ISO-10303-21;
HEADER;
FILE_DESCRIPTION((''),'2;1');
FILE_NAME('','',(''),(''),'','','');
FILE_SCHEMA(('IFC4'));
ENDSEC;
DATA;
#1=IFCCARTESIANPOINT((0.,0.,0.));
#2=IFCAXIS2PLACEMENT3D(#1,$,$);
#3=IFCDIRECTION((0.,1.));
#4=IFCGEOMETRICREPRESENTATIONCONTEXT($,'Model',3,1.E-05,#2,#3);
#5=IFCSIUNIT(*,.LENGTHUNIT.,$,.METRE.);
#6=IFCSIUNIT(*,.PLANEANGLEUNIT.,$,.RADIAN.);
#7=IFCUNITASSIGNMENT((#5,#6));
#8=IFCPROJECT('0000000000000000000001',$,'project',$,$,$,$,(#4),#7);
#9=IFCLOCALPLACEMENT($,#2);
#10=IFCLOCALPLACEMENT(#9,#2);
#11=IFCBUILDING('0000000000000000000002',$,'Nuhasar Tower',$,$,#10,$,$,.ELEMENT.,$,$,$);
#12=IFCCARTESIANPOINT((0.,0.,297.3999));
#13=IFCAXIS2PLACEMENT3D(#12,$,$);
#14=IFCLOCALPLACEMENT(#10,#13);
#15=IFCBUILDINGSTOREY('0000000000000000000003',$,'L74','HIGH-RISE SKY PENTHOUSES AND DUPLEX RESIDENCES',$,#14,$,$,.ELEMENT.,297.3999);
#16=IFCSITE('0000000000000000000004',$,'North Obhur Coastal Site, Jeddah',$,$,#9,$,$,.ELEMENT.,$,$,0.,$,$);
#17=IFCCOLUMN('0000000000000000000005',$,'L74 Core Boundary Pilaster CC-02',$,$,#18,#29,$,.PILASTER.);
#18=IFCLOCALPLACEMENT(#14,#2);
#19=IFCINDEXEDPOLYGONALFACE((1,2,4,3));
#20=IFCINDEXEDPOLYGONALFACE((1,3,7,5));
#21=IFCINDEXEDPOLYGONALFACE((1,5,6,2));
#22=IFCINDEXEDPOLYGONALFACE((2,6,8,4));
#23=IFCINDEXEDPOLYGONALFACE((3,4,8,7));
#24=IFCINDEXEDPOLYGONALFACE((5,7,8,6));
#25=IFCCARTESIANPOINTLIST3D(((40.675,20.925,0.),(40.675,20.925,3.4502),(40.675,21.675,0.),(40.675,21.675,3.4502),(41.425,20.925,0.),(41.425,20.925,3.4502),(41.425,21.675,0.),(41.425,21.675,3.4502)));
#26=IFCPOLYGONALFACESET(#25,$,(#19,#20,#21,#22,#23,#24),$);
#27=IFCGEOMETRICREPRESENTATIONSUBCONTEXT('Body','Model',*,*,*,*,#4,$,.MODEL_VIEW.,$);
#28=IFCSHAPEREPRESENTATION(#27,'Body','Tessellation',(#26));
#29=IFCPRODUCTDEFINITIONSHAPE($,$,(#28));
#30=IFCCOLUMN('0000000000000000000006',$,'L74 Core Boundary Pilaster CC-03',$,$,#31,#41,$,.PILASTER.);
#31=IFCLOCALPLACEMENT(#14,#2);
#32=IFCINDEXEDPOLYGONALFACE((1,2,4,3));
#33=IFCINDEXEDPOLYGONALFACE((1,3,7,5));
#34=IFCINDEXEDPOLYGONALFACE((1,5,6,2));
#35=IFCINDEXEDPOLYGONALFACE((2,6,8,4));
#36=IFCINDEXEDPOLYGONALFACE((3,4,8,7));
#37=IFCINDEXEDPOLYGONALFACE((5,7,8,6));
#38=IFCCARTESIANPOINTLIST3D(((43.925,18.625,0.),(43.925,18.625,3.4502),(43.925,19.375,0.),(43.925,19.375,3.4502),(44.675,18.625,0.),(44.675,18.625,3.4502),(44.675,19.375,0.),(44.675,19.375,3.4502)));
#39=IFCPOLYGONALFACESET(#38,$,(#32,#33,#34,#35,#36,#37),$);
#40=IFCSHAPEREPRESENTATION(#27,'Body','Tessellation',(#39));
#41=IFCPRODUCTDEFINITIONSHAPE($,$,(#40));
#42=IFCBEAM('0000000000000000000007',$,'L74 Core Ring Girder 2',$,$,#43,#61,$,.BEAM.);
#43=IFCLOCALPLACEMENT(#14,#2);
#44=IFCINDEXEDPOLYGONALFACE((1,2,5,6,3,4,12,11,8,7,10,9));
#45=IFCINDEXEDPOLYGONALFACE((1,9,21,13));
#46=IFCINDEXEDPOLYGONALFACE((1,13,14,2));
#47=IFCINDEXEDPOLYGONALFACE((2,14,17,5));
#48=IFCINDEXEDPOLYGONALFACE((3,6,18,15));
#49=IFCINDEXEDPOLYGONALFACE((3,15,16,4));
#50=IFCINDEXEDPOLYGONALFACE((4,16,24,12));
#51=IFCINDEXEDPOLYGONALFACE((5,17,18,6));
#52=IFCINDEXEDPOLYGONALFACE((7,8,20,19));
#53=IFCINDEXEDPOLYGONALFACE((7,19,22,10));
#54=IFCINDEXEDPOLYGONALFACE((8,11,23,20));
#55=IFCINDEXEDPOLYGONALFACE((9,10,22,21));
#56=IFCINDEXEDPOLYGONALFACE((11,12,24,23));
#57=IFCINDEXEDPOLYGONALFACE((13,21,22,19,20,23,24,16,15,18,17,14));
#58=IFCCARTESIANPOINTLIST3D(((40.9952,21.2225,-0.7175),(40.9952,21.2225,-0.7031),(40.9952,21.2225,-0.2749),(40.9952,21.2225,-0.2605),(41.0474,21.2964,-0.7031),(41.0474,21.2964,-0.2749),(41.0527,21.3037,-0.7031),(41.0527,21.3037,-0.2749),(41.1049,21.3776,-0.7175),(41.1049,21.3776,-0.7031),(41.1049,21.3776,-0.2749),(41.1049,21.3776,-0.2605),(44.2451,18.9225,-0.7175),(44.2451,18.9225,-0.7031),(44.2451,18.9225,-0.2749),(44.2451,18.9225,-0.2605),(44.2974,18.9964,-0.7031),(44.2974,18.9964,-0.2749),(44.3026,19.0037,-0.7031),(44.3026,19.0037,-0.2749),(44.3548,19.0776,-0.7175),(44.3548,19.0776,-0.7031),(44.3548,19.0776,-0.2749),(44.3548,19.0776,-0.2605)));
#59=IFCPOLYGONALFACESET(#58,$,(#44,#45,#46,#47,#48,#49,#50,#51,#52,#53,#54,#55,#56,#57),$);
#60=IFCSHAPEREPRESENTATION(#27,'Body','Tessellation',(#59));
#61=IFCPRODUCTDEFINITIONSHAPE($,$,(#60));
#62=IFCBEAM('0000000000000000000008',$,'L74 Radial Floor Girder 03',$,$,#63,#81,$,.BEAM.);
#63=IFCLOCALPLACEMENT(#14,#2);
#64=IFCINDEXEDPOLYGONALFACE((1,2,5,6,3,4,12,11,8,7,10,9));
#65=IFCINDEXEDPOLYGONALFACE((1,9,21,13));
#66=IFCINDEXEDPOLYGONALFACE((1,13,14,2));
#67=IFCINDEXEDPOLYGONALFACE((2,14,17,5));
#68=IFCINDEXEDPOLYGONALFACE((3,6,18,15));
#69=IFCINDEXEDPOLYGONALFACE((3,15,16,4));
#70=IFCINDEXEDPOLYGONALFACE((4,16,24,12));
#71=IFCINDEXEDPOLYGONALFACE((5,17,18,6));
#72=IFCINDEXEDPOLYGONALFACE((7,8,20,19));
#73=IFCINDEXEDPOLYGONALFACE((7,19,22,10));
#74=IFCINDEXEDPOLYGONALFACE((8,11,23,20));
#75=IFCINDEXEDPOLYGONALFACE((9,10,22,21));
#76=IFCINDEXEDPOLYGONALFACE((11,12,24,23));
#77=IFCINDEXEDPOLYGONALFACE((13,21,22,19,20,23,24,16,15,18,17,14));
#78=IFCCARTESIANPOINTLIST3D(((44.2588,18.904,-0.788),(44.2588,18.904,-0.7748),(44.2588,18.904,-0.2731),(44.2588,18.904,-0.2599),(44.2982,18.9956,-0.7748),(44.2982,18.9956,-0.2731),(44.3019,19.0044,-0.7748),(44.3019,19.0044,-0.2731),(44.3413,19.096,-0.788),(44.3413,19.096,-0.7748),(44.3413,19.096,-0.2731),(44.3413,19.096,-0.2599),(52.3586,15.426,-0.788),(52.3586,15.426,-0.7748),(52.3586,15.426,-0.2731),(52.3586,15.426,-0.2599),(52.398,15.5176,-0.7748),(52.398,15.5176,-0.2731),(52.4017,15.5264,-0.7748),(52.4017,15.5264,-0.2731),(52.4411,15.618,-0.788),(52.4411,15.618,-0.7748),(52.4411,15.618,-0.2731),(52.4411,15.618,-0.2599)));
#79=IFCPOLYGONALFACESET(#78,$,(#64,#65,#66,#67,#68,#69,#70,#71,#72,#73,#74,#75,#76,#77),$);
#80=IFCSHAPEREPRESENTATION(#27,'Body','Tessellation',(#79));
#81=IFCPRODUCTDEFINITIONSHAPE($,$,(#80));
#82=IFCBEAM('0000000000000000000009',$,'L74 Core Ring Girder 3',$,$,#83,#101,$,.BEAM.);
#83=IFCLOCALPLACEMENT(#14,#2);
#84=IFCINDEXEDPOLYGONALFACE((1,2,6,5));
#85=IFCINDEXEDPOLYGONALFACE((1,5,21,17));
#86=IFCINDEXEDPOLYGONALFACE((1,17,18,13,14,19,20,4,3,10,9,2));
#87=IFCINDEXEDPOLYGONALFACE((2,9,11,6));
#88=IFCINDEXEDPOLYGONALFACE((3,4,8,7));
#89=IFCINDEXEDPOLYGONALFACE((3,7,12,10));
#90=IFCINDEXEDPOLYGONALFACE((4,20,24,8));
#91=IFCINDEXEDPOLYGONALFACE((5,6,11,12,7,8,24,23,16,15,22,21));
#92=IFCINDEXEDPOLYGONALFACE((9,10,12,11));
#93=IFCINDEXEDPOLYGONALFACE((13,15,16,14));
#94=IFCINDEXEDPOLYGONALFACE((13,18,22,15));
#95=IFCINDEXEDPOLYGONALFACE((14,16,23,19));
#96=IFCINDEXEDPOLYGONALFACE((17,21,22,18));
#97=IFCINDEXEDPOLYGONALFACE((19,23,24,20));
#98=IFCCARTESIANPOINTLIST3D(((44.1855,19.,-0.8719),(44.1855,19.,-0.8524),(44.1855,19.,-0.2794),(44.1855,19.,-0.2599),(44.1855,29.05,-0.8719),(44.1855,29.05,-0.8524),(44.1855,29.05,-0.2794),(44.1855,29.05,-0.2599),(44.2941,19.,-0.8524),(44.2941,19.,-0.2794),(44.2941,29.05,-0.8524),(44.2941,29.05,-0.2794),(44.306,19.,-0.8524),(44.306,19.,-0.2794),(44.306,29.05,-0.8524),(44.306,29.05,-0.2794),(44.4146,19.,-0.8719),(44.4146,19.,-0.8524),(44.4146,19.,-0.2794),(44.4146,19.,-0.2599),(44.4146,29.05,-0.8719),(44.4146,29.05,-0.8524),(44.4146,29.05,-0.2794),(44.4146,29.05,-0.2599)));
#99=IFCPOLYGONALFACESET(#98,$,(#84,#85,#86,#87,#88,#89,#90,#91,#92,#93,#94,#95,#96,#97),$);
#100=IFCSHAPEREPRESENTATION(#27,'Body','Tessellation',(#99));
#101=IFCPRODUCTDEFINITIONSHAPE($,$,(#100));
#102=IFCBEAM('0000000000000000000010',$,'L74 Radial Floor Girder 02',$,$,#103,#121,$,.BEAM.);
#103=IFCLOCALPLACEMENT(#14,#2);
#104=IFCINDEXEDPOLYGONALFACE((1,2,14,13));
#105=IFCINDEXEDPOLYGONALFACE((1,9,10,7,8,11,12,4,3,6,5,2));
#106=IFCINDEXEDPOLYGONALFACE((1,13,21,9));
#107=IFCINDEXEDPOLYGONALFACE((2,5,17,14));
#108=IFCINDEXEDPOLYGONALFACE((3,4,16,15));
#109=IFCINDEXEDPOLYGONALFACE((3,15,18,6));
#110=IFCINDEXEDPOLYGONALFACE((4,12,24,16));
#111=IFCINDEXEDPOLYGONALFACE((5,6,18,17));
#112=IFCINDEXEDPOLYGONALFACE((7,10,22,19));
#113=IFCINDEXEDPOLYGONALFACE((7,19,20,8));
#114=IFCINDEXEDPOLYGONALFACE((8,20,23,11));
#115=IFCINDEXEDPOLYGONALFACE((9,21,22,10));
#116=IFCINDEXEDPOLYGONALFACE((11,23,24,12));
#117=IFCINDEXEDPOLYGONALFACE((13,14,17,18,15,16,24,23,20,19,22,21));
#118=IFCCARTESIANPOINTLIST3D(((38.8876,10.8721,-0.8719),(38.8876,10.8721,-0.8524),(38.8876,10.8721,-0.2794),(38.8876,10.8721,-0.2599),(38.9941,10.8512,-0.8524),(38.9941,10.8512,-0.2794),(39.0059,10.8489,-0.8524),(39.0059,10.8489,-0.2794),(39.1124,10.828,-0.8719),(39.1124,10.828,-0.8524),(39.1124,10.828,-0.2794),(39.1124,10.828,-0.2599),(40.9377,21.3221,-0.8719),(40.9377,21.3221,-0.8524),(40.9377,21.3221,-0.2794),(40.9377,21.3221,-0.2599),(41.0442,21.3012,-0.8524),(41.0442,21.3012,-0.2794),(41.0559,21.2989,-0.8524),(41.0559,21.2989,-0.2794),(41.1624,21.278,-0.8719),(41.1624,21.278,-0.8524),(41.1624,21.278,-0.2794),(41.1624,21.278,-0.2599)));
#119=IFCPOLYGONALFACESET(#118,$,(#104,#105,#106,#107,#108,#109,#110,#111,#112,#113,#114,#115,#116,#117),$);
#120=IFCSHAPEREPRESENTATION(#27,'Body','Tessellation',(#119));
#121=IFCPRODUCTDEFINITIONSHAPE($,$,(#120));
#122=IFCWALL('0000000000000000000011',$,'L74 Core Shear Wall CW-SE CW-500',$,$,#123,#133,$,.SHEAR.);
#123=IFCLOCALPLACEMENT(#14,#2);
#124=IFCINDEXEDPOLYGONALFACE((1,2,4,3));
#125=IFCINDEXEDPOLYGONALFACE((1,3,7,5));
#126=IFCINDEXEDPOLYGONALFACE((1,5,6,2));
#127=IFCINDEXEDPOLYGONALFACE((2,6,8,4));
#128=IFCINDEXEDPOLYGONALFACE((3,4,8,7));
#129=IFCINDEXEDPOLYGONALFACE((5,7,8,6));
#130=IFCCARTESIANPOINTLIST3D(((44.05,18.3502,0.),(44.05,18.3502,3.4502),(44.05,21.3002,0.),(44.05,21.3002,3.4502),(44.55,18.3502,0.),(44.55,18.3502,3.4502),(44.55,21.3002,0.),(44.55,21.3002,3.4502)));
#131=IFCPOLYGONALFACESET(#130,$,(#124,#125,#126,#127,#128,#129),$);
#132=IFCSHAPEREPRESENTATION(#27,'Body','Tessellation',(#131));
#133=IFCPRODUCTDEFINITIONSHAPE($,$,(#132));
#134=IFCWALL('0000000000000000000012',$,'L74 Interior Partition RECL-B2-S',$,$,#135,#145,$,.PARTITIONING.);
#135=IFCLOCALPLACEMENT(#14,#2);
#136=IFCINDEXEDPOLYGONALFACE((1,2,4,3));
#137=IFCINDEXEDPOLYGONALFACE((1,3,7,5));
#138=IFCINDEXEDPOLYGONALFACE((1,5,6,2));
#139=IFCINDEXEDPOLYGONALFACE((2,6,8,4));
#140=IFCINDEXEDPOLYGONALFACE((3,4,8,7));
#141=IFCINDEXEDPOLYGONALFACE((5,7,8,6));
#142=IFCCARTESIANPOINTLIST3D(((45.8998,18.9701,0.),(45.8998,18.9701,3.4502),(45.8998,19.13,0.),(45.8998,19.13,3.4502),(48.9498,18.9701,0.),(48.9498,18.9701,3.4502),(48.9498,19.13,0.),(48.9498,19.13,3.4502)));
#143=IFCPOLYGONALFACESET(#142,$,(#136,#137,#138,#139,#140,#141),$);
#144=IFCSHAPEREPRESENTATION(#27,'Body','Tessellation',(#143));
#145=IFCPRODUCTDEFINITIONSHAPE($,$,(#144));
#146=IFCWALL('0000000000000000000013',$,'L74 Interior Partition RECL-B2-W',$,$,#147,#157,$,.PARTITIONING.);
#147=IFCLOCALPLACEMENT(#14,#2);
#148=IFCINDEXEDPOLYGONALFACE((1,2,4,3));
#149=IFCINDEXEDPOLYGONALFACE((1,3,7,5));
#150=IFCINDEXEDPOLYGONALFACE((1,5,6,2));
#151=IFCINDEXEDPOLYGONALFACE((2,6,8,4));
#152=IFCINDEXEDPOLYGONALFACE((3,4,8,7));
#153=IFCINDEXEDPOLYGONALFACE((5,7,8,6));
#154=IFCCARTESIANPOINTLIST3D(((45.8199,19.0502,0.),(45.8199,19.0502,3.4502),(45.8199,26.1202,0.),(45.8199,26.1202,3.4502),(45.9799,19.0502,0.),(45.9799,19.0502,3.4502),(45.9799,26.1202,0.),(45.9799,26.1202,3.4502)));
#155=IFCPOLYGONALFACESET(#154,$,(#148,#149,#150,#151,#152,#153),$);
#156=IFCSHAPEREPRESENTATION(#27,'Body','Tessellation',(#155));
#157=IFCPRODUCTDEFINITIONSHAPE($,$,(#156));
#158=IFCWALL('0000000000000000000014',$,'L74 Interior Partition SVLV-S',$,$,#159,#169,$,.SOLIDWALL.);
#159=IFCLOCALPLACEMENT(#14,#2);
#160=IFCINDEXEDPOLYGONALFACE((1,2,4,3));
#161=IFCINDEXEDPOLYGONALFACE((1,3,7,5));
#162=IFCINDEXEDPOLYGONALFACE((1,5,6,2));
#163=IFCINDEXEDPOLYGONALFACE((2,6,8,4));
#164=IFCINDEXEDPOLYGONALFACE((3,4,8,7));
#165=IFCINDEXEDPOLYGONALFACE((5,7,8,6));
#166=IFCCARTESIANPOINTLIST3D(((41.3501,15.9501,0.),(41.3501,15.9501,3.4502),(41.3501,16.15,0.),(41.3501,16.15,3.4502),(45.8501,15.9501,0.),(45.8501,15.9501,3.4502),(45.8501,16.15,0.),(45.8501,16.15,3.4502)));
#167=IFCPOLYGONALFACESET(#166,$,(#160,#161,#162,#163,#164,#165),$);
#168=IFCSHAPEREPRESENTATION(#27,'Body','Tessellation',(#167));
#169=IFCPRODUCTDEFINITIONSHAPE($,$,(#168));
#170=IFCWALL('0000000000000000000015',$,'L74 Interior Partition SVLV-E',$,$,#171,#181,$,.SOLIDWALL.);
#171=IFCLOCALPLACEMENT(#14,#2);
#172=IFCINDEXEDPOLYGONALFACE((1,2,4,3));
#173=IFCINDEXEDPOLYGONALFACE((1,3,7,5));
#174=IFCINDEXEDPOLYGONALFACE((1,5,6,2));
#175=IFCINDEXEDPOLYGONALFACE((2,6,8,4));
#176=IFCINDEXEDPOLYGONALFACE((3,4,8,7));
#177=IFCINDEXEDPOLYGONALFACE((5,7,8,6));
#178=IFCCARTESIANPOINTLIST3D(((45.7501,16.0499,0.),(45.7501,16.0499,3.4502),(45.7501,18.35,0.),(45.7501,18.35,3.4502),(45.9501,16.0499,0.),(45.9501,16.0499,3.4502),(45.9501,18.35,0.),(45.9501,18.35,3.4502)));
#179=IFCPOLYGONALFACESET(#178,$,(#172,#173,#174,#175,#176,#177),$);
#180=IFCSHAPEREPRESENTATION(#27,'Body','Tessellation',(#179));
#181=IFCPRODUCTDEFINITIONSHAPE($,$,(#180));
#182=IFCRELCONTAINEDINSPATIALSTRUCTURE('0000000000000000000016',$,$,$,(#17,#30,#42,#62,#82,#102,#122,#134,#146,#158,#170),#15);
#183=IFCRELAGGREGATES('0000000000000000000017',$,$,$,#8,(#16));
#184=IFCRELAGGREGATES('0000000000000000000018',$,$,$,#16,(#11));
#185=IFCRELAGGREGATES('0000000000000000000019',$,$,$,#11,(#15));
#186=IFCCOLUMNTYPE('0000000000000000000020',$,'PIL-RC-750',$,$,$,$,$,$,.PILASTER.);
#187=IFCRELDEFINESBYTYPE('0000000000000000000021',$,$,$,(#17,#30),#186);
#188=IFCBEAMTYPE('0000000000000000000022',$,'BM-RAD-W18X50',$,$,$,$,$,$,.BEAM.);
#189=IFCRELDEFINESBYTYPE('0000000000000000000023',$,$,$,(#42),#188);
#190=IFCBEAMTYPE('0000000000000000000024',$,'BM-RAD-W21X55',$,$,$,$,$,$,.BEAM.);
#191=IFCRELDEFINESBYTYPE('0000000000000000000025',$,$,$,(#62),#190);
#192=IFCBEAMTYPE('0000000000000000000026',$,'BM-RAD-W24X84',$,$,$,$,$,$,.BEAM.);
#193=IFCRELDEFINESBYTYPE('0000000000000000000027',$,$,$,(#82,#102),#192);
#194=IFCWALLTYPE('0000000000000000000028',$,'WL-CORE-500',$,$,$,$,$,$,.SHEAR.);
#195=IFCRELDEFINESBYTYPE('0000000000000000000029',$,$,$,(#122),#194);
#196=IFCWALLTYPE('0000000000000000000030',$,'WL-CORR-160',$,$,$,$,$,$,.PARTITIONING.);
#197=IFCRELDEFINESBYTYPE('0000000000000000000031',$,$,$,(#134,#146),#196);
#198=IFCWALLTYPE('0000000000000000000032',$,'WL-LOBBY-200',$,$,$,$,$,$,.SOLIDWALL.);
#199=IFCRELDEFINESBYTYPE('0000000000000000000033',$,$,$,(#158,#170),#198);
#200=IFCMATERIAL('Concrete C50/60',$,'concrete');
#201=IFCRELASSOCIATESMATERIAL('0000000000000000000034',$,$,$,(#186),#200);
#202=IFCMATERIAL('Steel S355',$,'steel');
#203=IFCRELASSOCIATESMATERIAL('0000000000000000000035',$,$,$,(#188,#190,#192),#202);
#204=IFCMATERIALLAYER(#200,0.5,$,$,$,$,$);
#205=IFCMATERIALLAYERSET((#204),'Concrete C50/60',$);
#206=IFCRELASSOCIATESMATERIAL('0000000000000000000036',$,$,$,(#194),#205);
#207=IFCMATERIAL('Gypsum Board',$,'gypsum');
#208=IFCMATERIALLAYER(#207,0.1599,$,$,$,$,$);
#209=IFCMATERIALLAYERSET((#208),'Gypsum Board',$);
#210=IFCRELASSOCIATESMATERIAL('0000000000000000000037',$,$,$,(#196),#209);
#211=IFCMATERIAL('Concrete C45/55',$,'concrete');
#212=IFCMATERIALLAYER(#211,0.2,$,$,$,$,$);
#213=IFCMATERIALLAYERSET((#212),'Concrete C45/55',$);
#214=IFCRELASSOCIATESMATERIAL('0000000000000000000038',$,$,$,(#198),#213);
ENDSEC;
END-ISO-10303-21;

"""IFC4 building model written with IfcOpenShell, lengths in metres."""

from ifc_helpers import new_model, si_unit, direction, frame, frame_2d, origin, origin_2d, place, context, subcontext, project, spatial, rectangle, i_section, extrude, material, layer, layer_set, material_profile, profile_set, type_object, element, save


model = new_model("IFC4")

# Units and contexts
model_context = context("Model", 3, precision=1e-05, world=origin(), true_north=direction((0.0, 1.0)))
body_context = subcontext(model_context, "Body", "Model", "MODEL_VIEW")
ifc_project = project(units=[si_unit("LENGTHUNIT", "METRE"), si_unit("PLANEANGLEUNIT", "RADIAN")], contexts=[model_context])

# Site, building, storey
site_placement = place(None, origin())
site = spatial("IfcSite", under=ifc_project, at=site_placement, Name="North Obhur Coastal Site, Jeddah", CompositionType="ELEMENT", RefElevation=0.0)
building_placement = place(site_placement, origin())
building = spatial("IfcBuilding", under=site, at=building_placement, Name="Nuhasar Tower", CompositionType="ELEMENT")
storey_placement = place(building_placement, frame((0.0, 0.0, 297.3999)))
storey = spatial("IfcBuildingStorey", under=building, at=storey_placement, Name="L74", Description="HIGH-RISE SKY PENTHOUSES AND DUPLEX RESIDENCES", CompositionType="ELEMENT", Elevation=297.3999)

# Columns
ifc_material_1 = material(Name="Concrete C50/60", Category="concrete")
ifc_material_profile_1 = material_profile(ifc_material_1, rectangle(XDim=0.75, YDim=0.75, at=origin_2d()), Name="RC750X750")
ifc_profile_set_1 = profile_set([ifc_material_profile_1], Name="Concrete C50/60")
column_type = type_object("IfcColumnType", Name="PIL-RC-750", PredefinedType="PILASTER", material=ifc_profile_set_1)
for number, where, z_axis, x_axis, name in (
    (1, (41.05, 21.3, 0.0), (0.0, 0.0, 1.0), (1.0, 0.0, 0.0), "L74 Core Boundary Pilaster CC-02"),
    (2, (44.3, 19.0, 0.0), (0.0, 0.0, 1.0), (1.0, 0.0, 0.0), "L74 Core Boundary Pilaster CC-03"),
):
    element("IfcColumn", number, at=place(storey_placement, frame(where, z_axis=z_axis, x_axis=x_axis)), inside=storey, type_object=column_type, Name=name, PredefinedType="PILASTER", context=body_context, shape_type="SweptSolid", body=[
        extrude(rectangle(XDim=0.75, YDim=0.75, at=origin_2d()), origin(), (0.0, 0.0, 1.0), 3.4502),
    ])

# Beams
ifc_material_2 = material(Name="Steel S355", Category="steel")
ifc_material_profile_2 = material_profile(ifc_material_2, i_section(OverallWidth=0.1899, OverallDepth=0.457, WebThickness=0.009, FlangeThickness=0.0144, at=origin_2d()), Name="W18X50")
ifc_profile_set_2 = profile_set([ifc_material_profile_2], Name="Steel S355")
beam_type_1 = type_object("IfcBeamType", Name="BM-RAD-W18X50", PredefinedType="BEAM", material=ifc_profile_set_2)
beam_1_placement = place(storey_placement, frame((41.05, 21.3, -0.489), z_axis=(0.816265, -0.577677, 0.0), x_axis=(0.577677, 0.816265, 0.0)))
element("IfcBeam", 3, at=beam_1_placement, inside=storey, type_object=beam_type_1, Name="L74 Core Ring Girder 2", PredefinedType="BEAM", context=body_context, shape_type="SweptSolid", body=[
    extrude(i_section(OverallWidth=0.1899, OverallDepth=0.457, WebThickness=0.009, FlangeThickness=0.0144, at=origin_2d()), origin(), (0.0, 0.0, 1.0), 3.9814),
])
ifc_material_profile_3 = material_profile(ifc_material_2, i_section(OverallWidth=0.209, OverallDepth=0.5281, WebThickness=0.0095, FlangeThickness=0.0132, at=origin_2d()), Name="W21X55")
ifc_profile_set_3 = profile_set([ifc_material_profile_3], Name="Steel S355")
beam_type_2 = type_object("IfcBeamType", Name="BM-RAD-W21X55", PredefinedType="BEAM", material=ifc_profile_set_3)
beam_2_placement = place(storey_placement, frame((44.3, 19.0, -0.5239), z_axis=(0.918871, -0.394558, 0.0), x_axis=(0.394558, 0.918871, 0.0)))
element("IfcBeam", 4, at=beam_2_placement, inside=storey, type_object=beam_type_2, Name="L74 Radial Floor Girder 03", PredefinedType="BEAM", context=body_context, shape_type="SweptSolid", body=[
    extrude(i_section(OverallWidth=0.209, OverallDepth=0.5281, WebThickness=0.0095, FlangeThickness=0.0132, at=origin_2d()), origin(), (0.0, 0.0, 1.0), 8.8149),
])
ifc_material_profile_4 = material_profile(ifc_material_2, i_section(OverallWidth=0.229, OverallDepth=0.6121, WebThickness=0.012, FlangeThickness=0.0195, at=origin_2d()), Name="W24X84")
ifc_profile_set_4 = profile_set([ifc_material_profile_4], Name="Steel S355")
beam_type_3 = type_object("IfcBeamType", Name="BM-RAD-W24X84", PredefinedType="BEAM", material=ifc_profile_set_4)
beam_3_placement = place(storey_placement, frame((44.3, 19.0, -0.5659), z_axis=(0.0, 1.0, 0.0), x_axis=(-1.0, 0.0, 0.0)))
element("IfcBeam", 5, at=beam_3_placement, inside=storey, type_object=beam_type_3, Name="L74 Core Ring Girder 3", PredefinedType="BEAM", context=body_context, shape_type="SweptSolid", body=[
    extrude(i_section(OverallWidth=0.229, OverallDepth=0.6121, WebThickness=0.012, FlangeThickness=0.0195, at=origin_2d()), origin(), (0.0, 0.0, 1.0), 10.05),
])
beam_4_placement = place(storey_placement, frame((41.05, 21.3, -0.5659), z_axis=(-0.192508, -0.981295, 0.0), x_axis=(0.981295, -0.192508, 0.0)))
element("IfcBeam", 6, at=beam_4_placement, inside=storey, type_object=beam_type_3, Name="L74 Radial Floor Girder 02", PredefinedType="BEAM", context=body_context, shape_type="SweptSolid", body=[
    extrude(i_section(OverallWidth=0.229, OverallDepth=0.6121, WebThickness=0.012, FlangeThickness=0.0195, at=origin_2d()), origin(), (0.0, 0.0, 1.0), 10.6492),
])

# Walls
ifc_layer_1 = layer(ifc_material_1, 0.5)
ifc_layer_set_1 = layer_set([ifc_layer_1], Name="Concrete C50/60")
wall_type_1 = type_object("IfcWallType", Name="WL-CORE-500", PredefinedType="SHEAR", material=ifc_layer_set_1)
wall_1_placement = place(storey_placement, frame((44.3, 18.3501, 0.0), z_axis=(0.0, 0.0, 1.0), x_axis=(0.0, 1.0, 0.0)))
element("IfcWall", 7, at=wall_1_placement, inside=storey, type_object=wall_type_1, Name="L74 Core Shear Wall CW-SE CW-500", PredefinedType="SHEAR", context=body_context, shape_type="SweptSolid", body=[
    extrude(rectangle(XDim=2.95, YDim=0.5, at=frame_2d((1.4751, 0.0))), origin(), (0.0, 0.0, 1.0), 3.4502),
])
ifc_material_3 = material(Name="Gypsum Board", Category="gypsum")
ifc_layer_2 = layer(ifc_material_3, 0.1599)
ifc_layer_set_2 = layer_set([ifc_layer_2], Name="Gypsum Board")
wall_type_2 = type_object("IfcWallType", Name="WL-CORR-160", PredefinedType="PARTITIONING", material=ifc_layer_set_2)
wall_2_placement = place(storey_placement, frame((45.8999, 19.05, 0.0), z_axis=(0.0, 0.0, 1.0), x_axis=(1.0, 0.0, 0.0)))
element("IfcWall", 8, at=wall_2_placement, inside=storey, type_object=wall_type_2, Name="L74 Interior Partition RECL-B2-S", PredefinedType="PARTITIONING", context=body_context, shape_type="SweptSolid", body=[
    extrude(rectangle(XDim=3.05, YDim=0.1599, at=frame_2d((1.5249, 0.0))), origin(), (0.0, 0.0, 1.0), 3.4502),
])
wall_3_placement = place(storey_placement, frame((45.8999, 19.05, 0.0), z_axis=(0.0, 0.0, 1.0), x_axis=(0.0, 1.0, 0.0)))
element("IfcWall", 9, at=wall_3_placement, inside=storey, type_object=wall_type_2, Name="L74 Interior Partition RECL-B2-W", PredefinedType="PARTITIONING", context=body_context, shape_type="SweptSolid", body=[
    extrude(rectangle(XDim=7.0701, YDim=0.1599, at=frame_2d((3.5352, 0.0))), origin(), (0.0, 0.0, 1.0), 3.4502),
])

# Shared definitions
ifc_material_4 = material(Name="Concrete C45/55", Category="concrete")
ifc_layer_3 = layer(ifc_material_4, 0.2)
ifc_layer_set_3 = layer_set([ifc_layer_3], Name="Concrete C45/55")
wall_type_3 = type_object("IfcWallType", Name="WL-LOBBY-200", PredefinedType="SOLIDWALL", material=ifc_layer_set_3)

# Walls
wall_4_placement = place(storey_placement, frame((41.3501, 16.05, 0.0), z_axis=(0.0, 0.0, 1.0), x_axis=(1.0, 0.0, 0.0)))
element("IfcWall", 10, at=wall_4_placement, inside=storey, type_object=wall_type_3, Name="L74 Interior Partition SVLV-S", PredefinedType="SOLIDWALL", context=body_context, shape_type="SweptSolid", body=[
    extrude(rectangle(XDim=4.5, YDim=0.2, at=frame_2d((2.25, 0.0))), origin(), (0.0, 0.0, 1.0), 3.4502),
])
wall_5_placement = place(storey_placement, frame((45.8501, 16.05, 0.0), z_axis=(0.0, 0.0, 1.0), x_axis=(0.0, 1.0, 0.0)))
element("IfcWall", 11, at=wall_5_placement, inside=storey, type_object=wall_type_3, Name="L74 Interior Partition SVLV-E", PredefinedType="SOLIDWALL", context=body_context, shape_type="SweptSolid", body=[
    extrude(rectangle(XDim=2.3, YDim=0.2, at=frame_2d((1.1499, 0.0))), origin(), (0.0, 0.0, 1.0), 3.4502),
])

save(model, "model.ifc")
